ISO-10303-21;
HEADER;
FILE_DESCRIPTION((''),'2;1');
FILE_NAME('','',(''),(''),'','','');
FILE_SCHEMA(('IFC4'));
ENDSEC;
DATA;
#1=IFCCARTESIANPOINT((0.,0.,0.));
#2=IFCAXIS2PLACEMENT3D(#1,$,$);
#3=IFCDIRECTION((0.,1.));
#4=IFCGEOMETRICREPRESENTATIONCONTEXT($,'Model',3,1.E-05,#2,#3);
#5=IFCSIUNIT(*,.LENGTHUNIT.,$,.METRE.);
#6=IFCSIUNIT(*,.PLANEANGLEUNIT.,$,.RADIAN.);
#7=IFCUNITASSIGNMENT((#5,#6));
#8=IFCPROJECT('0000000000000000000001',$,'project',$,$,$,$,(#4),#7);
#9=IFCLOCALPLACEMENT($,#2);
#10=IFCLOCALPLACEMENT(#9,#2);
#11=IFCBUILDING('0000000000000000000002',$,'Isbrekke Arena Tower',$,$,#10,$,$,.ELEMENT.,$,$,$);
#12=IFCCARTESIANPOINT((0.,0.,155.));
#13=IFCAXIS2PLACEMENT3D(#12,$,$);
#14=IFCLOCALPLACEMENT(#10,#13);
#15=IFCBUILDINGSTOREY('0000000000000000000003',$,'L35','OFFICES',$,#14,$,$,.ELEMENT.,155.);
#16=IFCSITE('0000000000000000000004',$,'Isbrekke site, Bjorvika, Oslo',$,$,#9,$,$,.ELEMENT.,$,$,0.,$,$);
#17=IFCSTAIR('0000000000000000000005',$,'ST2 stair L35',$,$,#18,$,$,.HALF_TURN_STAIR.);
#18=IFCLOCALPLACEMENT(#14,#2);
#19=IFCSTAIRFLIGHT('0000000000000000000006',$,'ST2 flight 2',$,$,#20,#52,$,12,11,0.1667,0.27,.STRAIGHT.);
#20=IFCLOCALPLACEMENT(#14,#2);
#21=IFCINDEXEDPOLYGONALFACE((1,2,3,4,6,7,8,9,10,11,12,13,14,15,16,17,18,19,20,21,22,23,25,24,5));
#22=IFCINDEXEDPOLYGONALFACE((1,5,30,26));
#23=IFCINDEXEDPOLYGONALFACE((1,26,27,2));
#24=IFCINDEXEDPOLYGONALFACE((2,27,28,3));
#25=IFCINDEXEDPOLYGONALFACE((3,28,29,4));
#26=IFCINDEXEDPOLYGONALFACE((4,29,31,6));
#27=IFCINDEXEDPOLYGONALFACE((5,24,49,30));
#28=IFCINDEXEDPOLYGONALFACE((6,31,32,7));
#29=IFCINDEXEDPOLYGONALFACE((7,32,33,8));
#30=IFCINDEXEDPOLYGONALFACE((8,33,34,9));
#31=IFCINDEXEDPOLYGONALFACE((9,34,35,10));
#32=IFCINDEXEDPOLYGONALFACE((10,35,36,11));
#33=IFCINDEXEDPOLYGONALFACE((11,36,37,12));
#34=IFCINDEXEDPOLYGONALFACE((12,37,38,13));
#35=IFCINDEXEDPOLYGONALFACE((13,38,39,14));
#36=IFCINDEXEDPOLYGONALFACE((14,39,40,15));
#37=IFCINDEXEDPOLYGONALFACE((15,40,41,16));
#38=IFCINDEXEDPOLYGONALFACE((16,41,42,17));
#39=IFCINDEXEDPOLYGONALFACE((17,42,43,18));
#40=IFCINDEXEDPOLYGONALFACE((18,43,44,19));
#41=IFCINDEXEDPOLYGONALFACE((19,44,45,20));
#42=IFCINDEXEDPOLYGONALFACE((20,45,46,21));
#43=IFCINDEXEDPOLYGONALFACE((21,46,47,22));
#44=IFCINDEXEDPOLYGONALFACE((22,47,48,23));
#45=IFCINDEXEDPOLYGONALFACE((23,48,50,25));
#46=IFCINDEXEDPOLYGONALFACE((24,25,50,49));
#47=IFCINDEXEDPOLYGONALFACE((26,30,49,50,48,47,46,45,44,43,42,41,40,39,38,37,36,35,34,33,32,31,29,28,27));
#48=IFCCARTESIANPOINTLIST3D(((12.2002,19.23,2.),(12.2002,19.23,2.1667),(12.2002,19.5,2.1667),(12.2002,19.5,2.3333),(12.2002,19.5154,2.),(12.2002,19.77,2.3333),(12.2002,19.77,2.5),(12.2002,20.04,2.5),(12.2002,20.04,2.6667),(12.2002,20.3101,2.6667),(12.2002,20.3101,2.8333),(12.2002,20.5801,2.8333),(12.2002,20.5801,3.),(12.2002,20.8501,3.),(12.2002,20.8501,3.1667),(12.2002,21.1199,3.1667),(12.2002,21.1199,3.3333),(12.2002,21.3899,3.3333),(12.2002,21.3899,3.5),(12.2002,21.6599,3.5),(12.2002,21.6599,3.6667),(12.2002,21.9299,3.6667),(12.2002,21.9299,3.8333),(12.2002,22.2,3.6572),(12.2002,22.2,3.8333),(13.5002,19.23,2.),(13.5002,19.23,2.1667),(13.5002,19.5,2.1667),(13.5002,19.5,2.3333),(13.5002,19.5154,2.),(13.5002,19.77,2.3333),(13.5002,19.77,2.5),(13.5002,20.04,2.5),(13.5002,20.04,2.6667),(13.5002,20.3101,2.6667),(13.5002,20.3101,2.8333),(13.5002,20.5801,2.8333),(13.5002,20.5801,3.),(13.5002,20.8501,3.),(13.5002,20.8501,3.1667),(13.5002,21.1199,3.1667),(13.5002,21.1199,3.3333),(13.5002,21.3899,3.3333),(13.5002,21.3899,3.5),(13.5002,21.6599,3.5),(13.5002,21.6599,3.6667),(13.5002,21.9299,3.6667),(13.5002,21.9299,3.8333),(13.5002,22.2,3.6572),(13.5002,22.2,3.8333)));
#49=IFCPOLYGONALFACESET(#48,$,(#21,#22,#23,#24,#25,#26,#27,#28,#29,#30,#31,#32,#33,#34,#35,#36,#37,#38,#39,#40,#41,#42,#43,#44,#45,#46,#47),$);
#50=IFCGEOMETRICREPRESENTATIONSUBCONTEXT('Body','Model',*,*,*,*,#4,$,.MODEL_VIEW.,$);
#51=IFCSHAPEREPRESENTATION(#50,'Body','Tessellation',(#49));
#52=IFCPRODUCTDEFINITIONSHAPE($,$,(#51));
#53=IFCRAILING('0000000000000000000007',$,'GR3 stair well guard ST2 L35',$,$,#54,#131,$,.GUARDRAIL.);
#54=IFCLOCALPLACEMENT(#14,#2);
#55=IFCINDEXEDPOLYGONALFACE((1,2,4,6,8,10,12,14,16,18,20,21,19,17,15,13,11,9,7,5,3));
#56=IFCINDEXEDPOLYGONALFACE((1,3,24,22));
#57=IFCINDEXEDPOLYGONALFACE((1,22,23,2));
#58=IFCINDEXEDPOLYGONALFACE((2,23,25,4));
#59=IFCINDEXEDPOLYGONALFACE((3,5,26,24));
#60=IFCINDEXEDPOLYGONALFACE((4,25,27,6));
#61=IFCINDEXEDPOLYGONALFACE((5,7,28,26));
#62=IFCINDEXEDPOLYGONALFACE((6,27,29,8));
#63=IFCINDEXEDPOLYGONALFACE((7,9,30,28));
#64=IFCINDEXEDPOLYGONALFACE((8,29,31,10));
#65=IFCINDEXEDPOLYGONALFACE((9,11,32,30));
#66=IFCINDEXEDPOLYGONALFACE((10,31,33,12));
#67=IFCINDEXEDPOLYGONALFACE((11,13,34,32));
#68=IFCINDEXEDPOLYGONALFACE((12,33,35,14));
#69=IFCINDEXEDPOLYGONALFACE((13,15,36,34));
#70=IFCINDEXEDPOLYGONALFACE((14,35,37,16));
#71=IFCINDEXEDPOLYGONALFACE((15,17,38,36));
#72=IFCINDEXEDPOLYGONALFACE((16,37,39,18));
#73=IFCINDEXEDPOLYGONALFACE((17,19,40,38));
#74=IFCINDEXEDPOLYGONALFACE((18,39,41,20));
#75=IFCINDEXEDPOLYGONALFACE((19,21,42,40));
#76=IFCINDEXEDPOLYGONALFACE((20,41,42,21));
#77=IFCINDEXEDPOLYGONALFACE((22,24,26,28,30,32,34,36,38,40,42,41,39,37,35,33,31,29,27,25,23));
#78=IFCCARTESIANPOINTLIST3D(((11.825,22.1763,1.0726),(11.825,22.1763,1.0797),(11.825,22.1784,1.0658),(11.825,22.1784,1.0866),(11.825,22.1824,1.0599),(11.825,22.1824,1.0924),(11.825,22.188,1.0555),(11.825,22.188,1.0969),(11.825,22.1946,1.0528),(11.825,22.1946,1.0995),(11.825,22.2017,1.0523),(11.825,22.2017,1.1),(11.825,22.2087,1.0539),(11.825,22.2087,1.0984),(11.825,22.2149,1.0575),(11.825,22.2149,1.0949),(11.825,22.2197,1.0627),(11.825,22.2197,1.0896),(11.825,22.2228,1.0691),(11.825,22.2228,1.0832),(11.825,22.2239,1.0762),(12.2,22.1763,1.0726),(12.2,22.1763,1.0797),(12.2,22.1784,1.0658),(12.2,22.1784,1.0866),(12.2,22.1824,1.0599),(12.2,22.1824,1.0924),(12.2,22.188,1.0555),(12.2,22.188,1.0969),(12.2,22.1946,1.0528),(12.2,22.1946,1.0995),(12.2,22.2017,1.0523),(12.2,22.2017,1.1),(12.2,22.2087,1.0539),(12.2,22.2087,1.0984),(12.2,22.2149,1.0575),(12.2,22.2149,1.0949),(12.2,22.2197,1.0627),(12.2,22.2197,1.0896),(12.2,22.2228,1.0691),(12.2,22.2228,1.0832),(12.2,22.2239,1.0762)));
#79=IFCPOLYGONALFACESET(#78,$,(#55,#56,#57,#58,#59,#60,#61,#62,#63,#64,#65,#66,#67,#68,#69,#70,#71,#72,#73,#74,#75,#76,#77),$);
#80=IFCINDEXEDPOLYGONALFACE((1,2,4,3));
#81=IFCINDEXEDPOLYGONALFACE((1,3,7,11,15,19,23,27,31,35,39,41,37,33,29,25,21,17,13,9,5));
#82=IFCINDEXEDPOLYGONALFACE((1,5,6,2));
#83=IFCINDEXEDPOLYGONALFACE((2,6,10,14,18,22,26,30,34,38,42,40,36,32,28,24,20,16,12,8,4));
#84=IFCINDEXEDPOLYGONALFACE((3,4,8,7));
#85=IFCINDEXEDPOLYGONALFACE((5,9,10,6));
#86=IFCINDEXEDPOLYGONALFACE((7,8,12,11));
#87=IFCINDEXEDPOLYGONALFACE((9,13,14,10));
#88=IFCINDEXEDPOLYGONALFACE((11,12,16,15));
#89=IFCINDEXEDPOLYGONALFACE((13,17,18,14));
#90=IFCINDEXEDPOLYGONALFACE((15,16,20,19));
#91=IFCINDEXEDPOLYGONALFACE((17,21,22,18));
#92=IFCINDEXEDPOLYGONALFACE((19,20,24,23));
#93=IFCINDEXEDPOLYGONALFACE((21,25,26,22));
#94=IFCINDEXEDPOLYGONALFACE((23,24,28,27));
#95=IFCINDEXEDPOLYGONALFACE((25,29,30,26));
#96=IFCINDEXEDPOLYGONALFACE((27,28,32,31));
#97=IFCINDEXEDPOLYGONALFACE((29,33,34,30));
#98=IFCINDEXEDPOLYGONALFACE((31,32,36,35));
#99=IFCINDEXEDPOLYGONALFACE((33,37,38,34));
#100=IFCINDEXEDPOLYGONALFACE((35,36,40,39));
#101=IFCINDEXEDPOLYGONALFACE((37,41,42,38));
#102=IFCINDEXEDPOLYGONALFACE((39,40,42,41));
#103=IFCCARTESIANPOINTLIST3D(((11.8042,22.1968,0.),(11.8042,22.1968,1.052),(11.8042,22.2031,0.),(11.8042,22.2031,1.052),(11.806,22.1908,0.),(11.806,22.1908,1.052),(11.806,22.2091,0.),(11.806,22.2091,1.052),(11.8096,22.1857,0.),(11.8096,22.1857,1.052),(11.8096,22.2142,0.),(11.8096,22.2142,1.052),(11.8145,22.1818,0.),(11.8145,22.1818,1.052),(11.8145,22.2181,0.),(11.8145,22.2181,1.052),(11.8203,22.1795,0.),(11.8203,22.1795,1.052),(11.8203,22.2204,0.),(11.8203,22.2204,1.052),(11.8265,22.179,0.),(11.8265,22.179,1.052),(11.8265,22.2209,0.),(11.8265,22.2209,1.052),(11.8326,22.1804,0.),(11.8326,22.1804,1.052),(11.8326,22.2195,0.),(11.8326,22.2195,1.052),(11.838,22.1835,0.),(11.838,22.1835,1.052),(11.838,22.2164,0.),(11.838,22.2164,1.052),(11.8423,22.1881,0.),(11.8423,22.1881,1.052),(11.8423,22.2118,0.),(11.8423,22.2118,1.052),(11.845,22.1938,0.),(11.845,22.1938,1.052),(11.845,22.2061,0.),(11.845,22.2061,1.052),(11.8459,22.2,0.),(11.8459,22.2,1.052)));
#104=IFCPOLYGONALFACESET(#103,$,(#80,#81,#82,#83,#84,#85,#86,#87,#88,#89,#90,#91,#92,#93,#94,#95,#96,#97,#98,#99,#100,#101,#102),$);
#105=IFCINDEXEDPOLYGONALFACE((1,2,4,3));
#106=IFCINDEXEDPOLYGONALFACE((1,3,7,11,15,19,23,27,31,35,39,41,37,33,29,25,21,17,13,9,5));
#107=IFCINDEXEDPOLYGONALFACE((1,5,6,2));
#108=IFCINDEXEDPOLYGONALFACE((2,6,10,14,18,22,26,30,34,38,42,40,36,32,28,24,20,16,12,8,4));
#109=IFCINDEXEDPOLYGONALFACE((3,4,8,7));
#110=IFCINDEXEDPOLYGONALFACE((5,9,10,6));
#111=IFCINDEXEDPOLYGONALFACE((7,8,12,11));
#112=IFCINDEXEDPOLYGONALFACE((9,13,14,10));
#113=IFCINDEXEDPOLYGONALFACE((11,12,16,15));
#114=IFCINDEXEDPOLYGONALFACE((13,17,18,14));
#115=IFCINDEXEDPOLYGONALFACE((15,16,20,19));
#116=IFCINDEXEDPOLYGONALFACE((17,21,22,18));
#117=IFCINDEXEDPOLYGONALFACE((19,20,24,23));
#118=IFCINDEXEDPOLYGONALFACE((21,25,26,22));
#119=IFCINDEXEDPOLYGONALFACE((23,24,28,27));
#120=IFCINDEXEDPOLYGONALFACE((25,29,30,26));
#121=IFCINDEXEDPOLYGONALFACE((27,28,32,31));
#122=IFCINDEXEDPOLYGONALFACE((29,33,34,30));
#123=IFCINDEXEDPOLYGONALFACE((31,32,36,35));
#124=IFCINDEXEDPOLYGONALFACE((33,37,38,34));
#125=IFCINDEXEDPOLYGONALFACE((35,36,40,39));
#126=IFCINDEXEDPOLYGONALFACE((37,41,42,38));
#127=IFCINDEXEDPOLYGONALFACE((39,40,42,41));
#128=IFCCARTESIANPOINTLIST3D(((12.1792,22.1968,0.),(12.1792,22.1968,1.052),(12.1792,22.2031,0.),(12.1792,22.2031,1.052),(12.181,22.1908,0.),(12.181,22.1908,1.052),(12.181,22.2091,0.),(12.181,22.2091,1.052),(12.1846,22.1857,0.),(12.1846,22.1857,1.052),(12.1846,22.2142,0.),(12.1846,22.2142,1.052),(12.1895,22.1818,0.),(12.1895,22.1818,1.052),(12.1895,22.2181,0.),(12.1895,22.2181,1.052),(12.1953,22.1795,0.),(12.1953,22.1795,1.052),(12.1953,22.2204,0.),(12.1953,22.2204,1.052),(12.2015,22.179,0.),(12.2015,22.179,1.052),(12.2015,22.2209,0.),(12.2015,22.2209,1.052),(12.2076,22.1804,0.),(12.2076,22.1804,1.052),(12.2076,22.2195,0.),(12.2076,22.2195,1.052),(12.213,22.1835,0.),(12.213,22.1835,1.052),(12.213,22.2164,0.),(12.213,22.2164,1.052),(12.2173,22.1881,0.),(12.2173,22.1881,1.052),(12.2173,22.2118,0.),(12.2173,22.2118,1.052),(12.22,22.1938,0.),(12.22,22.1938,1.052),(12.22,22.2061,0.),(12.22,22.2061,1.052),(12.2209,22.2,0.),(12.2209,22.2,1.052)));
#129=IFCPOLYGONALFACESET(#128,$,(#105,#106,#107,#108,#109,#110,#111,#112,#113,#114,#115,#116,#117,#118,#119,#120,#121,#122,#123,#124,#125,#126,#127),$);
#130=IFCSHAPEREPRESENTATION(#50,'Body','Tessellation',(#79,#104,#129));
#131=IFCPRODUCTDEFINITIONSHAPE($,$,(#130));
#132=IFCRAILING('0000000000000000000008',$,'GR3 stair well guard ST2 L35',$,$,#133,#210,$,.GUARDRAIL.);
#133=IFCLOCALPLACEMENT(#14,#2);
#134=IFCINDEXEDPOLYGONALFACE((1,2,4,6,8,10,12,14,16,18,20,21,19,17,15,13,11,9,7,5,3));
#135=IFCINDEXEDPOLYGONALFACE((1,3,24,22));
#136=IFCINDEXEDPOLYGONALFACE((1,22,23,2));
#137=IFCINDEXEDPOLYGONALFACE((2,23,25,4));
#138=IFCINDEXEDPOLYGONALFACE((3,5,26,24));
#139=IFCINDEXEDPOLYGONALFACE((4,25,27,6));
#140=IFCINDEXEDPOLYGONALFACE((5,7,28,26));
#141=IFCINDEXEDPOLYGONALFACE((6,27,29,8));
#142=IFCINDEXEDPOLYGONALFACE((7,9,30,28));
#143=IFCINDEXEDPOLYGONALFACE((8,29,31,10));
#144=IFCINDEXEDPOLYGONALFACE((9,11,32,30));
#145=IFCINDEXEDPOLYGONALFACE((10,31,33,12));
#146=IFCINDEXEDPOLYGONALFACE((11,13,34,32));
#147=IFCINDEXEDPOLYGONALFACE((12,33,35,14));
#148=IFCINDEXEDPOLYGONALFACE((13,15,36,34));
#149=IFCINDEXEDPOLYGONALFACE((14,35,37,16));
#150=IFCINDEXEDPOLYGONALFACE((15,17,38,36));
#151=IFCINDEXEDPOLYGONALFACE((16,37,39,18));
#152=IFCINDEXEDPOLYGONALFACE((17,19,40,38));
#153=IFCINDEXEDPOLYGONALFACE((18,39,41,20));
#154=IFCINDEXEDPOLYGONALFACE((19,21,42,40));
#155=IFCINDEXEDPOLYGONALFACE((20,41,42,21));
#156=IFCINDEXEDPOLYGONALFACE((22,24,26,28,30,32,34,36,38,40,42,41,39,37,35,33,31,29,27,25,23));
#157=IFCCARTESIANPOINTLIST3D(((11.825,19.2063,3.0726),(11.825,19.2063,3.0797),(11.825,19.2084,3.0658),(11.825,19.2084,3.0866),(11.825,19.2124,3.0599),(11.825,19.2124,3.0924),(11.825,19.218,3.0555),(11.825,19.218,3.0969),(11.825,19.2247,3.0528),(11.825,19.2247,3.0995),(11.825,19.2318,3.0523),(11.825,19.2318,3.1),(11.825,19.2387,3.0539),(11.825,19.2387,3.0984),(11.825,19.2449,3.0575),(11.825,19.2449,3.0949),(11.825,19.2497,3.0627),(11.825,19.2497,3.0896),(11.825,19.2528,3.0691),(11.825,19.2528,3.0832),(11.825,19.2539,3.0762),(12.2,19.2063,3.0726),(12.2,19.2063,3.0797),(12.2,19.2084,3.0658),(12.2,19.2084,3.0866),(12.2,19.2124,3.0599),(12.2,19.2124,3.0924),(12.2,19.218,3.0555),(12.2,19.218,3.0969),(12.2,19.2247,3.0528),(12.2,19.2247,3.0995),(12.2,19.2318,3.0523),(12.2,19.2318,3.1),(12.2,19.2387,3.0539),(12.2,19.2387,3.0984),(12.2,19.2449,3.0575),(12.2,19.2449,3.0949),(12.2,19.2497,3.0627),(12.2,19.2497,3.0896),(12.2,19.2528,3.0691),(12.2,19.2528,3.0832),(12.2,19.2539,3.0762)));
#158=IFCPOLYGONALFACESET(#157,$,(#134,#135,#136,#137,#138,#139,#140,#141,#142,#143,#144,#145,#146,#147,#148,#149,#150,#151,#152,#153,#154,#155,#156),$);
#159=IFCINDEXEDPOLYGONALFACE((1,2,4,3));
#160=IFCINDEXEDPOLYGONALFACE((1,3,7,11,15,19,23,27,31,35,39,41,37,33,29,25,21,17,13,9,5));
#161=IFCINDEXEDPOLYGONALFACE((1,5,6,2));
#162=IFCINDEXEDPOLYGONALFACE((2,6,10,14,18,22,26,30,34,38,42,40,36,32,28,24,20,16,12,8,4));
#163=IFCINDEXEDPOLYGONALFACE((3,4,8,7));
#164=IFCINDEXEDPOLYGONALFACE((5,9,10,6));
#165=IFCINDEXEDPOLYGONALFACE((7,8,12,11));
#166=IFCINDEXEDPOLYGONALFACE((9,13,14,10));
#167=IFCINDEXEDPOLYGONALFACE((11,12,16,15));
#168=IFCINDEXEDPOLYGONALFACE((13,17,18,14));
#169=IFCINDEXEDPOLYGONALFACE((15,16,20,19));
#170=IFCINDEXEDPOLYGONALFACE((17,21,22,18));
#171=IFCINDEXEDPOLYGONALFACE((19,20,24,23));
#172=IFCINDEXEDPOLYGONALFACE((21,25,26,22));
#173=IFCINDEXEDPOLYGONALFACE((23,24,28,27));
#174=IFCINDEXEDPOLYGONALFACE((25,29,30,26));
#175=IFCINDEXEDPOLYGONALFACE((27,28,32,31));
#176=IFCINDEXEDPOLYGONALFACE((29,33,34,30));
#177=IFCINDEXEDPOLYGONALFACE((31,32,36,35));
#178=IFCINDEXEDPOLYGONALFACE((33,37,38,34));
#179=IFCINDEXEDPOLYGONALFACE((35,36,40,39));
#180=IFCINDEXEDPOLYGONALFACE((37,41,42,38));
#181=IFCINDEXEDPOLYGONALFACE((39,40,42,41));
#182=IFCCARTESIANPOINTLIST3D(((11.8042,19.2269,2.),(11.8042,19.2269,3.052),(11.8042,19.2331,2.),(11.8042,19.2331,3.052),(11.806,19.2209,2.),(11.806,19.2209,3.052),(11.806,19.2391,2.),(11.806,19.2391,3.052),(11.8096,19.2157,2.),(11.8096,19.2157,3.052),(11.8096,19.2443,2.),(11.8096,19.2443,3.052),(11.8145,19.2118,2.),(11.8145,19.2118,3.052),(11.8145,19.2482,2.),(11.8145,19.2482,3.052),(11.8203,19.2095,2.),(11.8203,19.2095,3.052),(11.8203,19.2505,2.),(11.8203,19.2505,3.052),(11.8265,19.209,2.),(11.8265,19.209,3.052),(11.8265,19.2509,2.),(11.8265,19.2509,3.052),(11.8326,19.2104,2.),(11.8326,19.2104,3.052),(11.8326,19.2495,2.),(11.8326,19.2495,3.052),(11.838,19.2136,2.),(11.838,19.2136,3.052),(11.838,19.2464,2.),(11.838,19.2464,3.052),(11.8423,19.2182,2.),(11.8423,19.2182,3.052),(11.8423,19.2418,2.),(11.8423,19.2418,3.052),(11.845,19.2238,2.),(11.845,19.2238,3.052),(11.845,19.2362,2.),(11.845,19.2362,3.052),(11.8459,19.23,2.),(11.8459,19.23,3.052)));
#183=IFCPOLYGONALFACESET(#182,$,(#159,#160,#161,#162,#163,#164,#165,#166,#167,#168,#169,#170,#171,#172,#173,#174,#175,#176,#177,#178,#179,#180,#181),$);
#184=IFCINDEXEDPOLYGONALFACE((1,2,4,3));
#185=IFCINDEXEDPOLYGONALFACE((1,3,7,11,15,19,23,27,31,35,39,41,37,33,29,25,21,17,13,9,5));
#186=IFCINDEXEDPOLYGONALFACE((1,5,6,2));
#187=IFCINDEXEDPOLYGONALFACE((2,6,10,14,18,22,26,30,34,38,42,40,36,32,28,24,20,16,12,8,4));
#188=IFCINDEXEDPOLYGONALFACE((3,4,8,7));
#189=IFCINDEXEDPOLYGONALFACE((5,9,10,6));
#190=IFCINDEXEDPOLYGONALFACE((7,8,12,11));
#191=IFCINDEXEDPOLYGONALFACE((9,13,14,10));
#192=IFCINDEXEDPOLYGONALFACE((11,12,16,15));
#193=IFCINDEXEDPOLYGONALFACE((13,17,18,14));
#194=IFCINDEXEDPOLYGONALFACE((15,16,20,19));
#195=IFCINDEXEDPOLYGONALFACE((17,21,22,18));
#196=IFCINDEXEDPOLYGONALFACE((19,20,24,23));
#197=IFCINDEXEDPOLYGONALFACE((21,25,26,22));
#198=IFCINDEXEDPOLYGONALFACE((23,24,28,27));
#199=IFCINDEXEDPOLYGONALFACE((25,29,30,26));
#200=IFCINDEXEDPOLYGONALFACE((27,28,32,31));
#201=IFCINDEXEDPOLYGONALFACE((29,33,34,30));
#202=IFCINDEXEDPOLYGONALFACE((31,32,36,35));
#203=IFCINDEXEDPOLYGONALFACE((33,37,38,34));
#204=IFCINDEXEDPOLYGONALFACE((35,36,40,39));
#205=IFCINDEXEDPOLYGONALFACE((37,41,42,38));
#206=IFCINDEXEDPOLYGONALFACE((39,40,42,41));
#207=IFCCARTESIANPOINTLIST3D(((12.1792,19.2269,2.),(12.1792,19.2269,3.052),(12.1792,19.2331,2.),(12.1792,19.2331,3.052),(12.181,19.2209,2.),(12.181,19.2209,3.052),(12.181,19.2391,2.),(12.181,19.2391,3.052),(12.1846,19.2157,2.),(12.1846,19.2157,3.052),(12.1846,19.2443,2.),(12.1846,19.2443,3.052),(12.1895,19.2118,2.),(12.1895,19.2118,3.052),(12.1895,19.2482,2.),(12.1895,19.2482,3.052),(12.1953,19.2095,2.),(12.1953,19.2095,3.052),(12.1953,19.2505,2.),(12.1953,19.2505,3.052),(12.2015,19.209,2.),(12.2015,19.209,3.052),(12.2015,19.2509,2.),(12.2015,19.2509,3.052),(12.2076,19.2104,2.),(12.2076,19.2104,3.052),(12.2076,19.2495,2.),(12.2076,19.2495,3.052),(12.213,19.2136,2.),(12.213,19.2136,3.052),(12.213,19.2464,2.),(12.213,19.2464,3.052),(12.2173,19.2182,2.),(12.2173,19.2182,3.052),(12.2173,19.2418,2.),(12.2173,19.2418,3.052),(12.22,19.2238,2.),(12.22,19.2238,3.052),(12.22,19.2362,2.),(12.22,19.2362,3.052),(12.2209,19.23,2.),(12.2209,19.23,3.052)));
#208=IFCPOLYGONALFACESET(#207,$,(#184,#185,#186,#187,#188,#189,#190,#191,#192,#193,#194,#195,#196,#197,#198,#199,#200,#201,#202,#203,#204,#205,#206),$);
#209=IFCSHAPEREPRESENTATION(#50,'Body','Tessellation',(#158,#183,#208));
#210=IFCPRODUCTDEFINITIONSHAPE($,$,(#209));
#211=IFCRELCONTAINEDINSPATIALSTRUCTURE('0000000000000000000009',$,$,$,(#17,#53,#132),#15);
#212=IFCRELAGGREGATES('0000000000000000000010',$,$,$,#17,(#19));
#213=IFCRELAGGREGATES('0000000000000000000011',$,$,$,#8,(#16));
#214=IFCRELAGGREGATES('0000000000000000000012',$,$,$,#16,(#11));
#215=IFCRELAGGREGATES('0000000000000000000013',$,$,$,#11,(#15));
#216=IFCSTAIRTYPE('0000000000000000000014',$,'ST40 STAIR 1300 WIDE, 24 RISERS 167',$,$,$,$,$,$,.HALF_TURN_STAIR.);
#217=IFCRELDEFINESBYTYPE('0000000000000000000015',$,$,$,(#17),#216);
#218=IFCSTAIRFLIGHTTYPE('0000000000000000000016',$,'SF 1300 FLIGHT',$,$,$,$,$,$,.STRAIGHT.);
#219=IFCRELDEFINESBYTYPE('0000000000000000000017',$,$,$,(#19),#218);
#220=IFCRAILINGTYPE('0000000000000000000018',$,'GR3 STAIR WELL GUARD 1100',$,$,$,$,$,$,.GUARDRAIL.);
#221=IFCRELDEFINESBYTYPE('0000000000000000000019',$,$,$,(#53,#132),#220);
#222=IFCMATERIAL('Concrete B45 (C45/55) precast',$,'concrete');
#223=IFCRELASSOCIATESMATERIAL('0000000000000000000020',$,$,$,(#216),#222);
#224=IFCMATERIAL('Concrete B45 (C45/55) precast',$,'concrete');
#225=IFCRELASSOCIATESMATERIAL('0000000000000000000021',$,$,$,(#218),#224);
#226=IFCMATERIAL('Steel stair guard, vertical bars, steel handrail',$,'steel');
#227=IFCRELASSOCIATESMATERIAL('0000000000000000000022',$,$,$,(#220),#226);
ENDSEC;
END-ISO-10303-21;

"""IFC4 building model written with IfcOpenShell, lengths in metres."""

from ifc_helpers import new_model, si_unit, direction, frame, origin, origin_2d, place, context, subcontext, project, spatial, polyline, circle, outline, extrude, material, type_object, element, aggregate, save


model = new_model("IFC4")

# Units and contexts
model_context = context("Model", 3, precision=1e-05, world=origin(), true_north=direction((0.0, 1.0)))
body_context = subcontext(model_context, "Body", "Model", "MODEL_VIEW")
ifc_project = project(units=[si_unit("LENGTHUNIT", "METRE"), si_unit("PLANEANGLEUNIT", "RADIAN")], contexts=[model_context])

# Site, building, storey
site_placement = place(None, origin())
site = spatial("IfcSite", under=ifc_project, at=site_placement, Name="Isbrekke site, Bjorvika, Oslo", CompositionType="ELEMENT", RefElevation=0.0)
building_placement = place(site_placement, origin())
building = spatial("IfcBuilding", under=site, at=building_placement, Name="Isbrekke Arena Tower", CompositionType="ELEMENT")
storey_placement = place(building_placement, frame((0.0, 0.0, 155.0)))
storey = spatial("IfcBuildingStorey", under=building, at=storey_placement, Name="L35", Description="OFFICES", CompositionType="ELEMENT", Elevation=155.0)

# Stair, stair flight
ifc_material_1 = material(Name="Concrete B45 (C45/55) precast", Category="concrete")
stair_type = type_object("IfcStairType", Name="ST40 STAIR 1300 WIDE, 24 RISERS 167", PredefinedType="HALF_TURN_STAIR", material=ifc_material_1)
stair_placement = place(storey_placement, origin())
stair = element("IfcStair", 1, at=stair_placement, inside=storey, type_object=stair_type, Name="ST2 stair L35", PredefinedType="HALF_TURN_STAIR")
ifc_material_2 = material(Name="Concrete B45 (C45/55) precast", Category="concrete")
stair_flight_type = type_object("IfcStairFlightType", Name="SF 1300 FLIGHT", PredefinedType="STRAIGHT", material=ifc_material_2)
stair_flight_1_placement = place(storey_placement, frame((12.8501, 19.23, 2.0), z_axis=(0.0, 0.0, 1.0), x_axis=(0.0, 1.0, 0.0)))
stair_flight_1 = element("IfcStairFlight", 2, at=stair_flight_1_placement, type_object=stair_flight_type, Name="ST2 flight 2", NumberOfRisers=12, NumberOfTreads=11, PredefinedType="STRAIGHT", RiserHeight=0.1667, TreadLength=0.27, context=body_context, shape_type="SweptSolid", body=[
    extrude(outline(polyline([(0.0, 0.0), (0.0, 0.1667), (0.27, 0.1667), (0.27, 0.3333), (0.54, 0.3333), (0.54, 0.5), (0.8101, 0.5), (0.8101, 0.6667), (1.0801, 0.6667), (1.0801, 0.8333), (1.3501, 0.8333), (1.3501, 1.0), (1.6201, 1.0), (1.6201, 1.1667), (1.8899, 1.1667), (1.8899, 1.3333), (2.1599, 1.3333), (2.1599, 1.5), (2.4299, 1.5), (2.4299, 1.6667), (2.7, 1.6667), (2.7, 1.8333), (2.97, 1.8333), (2.97, 2.0), (2.97, 1.6572), (0.2854, 0.0), (0.0, 0.0)])), frame((0.0, 0.6499, 0.0), z_axis=(0.0, -1.0, 0.0), x_axis=(1.0, 0.0, 0.0)), (0.0, 0.0, 1.0), 1.3),
])
aggregate(stair, [stair_flight_1])

# Railings
ifc_material_3 = material(Name="Steel stair guard, vertical bars, steel handrail", Category="steel")
railing_type = type_object("IfcRailingType", Name="GR3 STAIR WELL GUARD 1100", PredefinedType="GUARDRAIL", material=ifc_material_3)
for number, where, name in (
    (3, (11.825, 22.2, 0.0), "GR3 stair well guard ST2 L35"),
    (4, (11.825, 19.23, 2.0), "GR3 stair well guard ST2 L35"),
):
    element("IfcRailing", number, at=place(storey_placement, frame(where)), inside=storey, type_object=railing_type, Name=name, PredefinedType="GUARDRAIL", context=body_context, shape_type="SweptSolid", body=[
        extrude(circle(Radius=0.0239, at=origin_2d()), frame((0.0, 0.0, 1.0762), z_axis=(1.0, 0.0, 0.0), x_axis=(0.0, 1.0, 0.0)), (0.0, 0.0, 1.0), 0.375),
        extrude(circle(Radius=0.021, at=origin_2d()), origin(), (0.0, 0.0, 1.0), 1.052),
        extrude(circle(Radius=0.021, at=origin_2d()), frame((0.375, 0.0, 0.0)), (0.0, 0.0, 1.0), 1.052),
    ])

save(model, "model.ifc")
